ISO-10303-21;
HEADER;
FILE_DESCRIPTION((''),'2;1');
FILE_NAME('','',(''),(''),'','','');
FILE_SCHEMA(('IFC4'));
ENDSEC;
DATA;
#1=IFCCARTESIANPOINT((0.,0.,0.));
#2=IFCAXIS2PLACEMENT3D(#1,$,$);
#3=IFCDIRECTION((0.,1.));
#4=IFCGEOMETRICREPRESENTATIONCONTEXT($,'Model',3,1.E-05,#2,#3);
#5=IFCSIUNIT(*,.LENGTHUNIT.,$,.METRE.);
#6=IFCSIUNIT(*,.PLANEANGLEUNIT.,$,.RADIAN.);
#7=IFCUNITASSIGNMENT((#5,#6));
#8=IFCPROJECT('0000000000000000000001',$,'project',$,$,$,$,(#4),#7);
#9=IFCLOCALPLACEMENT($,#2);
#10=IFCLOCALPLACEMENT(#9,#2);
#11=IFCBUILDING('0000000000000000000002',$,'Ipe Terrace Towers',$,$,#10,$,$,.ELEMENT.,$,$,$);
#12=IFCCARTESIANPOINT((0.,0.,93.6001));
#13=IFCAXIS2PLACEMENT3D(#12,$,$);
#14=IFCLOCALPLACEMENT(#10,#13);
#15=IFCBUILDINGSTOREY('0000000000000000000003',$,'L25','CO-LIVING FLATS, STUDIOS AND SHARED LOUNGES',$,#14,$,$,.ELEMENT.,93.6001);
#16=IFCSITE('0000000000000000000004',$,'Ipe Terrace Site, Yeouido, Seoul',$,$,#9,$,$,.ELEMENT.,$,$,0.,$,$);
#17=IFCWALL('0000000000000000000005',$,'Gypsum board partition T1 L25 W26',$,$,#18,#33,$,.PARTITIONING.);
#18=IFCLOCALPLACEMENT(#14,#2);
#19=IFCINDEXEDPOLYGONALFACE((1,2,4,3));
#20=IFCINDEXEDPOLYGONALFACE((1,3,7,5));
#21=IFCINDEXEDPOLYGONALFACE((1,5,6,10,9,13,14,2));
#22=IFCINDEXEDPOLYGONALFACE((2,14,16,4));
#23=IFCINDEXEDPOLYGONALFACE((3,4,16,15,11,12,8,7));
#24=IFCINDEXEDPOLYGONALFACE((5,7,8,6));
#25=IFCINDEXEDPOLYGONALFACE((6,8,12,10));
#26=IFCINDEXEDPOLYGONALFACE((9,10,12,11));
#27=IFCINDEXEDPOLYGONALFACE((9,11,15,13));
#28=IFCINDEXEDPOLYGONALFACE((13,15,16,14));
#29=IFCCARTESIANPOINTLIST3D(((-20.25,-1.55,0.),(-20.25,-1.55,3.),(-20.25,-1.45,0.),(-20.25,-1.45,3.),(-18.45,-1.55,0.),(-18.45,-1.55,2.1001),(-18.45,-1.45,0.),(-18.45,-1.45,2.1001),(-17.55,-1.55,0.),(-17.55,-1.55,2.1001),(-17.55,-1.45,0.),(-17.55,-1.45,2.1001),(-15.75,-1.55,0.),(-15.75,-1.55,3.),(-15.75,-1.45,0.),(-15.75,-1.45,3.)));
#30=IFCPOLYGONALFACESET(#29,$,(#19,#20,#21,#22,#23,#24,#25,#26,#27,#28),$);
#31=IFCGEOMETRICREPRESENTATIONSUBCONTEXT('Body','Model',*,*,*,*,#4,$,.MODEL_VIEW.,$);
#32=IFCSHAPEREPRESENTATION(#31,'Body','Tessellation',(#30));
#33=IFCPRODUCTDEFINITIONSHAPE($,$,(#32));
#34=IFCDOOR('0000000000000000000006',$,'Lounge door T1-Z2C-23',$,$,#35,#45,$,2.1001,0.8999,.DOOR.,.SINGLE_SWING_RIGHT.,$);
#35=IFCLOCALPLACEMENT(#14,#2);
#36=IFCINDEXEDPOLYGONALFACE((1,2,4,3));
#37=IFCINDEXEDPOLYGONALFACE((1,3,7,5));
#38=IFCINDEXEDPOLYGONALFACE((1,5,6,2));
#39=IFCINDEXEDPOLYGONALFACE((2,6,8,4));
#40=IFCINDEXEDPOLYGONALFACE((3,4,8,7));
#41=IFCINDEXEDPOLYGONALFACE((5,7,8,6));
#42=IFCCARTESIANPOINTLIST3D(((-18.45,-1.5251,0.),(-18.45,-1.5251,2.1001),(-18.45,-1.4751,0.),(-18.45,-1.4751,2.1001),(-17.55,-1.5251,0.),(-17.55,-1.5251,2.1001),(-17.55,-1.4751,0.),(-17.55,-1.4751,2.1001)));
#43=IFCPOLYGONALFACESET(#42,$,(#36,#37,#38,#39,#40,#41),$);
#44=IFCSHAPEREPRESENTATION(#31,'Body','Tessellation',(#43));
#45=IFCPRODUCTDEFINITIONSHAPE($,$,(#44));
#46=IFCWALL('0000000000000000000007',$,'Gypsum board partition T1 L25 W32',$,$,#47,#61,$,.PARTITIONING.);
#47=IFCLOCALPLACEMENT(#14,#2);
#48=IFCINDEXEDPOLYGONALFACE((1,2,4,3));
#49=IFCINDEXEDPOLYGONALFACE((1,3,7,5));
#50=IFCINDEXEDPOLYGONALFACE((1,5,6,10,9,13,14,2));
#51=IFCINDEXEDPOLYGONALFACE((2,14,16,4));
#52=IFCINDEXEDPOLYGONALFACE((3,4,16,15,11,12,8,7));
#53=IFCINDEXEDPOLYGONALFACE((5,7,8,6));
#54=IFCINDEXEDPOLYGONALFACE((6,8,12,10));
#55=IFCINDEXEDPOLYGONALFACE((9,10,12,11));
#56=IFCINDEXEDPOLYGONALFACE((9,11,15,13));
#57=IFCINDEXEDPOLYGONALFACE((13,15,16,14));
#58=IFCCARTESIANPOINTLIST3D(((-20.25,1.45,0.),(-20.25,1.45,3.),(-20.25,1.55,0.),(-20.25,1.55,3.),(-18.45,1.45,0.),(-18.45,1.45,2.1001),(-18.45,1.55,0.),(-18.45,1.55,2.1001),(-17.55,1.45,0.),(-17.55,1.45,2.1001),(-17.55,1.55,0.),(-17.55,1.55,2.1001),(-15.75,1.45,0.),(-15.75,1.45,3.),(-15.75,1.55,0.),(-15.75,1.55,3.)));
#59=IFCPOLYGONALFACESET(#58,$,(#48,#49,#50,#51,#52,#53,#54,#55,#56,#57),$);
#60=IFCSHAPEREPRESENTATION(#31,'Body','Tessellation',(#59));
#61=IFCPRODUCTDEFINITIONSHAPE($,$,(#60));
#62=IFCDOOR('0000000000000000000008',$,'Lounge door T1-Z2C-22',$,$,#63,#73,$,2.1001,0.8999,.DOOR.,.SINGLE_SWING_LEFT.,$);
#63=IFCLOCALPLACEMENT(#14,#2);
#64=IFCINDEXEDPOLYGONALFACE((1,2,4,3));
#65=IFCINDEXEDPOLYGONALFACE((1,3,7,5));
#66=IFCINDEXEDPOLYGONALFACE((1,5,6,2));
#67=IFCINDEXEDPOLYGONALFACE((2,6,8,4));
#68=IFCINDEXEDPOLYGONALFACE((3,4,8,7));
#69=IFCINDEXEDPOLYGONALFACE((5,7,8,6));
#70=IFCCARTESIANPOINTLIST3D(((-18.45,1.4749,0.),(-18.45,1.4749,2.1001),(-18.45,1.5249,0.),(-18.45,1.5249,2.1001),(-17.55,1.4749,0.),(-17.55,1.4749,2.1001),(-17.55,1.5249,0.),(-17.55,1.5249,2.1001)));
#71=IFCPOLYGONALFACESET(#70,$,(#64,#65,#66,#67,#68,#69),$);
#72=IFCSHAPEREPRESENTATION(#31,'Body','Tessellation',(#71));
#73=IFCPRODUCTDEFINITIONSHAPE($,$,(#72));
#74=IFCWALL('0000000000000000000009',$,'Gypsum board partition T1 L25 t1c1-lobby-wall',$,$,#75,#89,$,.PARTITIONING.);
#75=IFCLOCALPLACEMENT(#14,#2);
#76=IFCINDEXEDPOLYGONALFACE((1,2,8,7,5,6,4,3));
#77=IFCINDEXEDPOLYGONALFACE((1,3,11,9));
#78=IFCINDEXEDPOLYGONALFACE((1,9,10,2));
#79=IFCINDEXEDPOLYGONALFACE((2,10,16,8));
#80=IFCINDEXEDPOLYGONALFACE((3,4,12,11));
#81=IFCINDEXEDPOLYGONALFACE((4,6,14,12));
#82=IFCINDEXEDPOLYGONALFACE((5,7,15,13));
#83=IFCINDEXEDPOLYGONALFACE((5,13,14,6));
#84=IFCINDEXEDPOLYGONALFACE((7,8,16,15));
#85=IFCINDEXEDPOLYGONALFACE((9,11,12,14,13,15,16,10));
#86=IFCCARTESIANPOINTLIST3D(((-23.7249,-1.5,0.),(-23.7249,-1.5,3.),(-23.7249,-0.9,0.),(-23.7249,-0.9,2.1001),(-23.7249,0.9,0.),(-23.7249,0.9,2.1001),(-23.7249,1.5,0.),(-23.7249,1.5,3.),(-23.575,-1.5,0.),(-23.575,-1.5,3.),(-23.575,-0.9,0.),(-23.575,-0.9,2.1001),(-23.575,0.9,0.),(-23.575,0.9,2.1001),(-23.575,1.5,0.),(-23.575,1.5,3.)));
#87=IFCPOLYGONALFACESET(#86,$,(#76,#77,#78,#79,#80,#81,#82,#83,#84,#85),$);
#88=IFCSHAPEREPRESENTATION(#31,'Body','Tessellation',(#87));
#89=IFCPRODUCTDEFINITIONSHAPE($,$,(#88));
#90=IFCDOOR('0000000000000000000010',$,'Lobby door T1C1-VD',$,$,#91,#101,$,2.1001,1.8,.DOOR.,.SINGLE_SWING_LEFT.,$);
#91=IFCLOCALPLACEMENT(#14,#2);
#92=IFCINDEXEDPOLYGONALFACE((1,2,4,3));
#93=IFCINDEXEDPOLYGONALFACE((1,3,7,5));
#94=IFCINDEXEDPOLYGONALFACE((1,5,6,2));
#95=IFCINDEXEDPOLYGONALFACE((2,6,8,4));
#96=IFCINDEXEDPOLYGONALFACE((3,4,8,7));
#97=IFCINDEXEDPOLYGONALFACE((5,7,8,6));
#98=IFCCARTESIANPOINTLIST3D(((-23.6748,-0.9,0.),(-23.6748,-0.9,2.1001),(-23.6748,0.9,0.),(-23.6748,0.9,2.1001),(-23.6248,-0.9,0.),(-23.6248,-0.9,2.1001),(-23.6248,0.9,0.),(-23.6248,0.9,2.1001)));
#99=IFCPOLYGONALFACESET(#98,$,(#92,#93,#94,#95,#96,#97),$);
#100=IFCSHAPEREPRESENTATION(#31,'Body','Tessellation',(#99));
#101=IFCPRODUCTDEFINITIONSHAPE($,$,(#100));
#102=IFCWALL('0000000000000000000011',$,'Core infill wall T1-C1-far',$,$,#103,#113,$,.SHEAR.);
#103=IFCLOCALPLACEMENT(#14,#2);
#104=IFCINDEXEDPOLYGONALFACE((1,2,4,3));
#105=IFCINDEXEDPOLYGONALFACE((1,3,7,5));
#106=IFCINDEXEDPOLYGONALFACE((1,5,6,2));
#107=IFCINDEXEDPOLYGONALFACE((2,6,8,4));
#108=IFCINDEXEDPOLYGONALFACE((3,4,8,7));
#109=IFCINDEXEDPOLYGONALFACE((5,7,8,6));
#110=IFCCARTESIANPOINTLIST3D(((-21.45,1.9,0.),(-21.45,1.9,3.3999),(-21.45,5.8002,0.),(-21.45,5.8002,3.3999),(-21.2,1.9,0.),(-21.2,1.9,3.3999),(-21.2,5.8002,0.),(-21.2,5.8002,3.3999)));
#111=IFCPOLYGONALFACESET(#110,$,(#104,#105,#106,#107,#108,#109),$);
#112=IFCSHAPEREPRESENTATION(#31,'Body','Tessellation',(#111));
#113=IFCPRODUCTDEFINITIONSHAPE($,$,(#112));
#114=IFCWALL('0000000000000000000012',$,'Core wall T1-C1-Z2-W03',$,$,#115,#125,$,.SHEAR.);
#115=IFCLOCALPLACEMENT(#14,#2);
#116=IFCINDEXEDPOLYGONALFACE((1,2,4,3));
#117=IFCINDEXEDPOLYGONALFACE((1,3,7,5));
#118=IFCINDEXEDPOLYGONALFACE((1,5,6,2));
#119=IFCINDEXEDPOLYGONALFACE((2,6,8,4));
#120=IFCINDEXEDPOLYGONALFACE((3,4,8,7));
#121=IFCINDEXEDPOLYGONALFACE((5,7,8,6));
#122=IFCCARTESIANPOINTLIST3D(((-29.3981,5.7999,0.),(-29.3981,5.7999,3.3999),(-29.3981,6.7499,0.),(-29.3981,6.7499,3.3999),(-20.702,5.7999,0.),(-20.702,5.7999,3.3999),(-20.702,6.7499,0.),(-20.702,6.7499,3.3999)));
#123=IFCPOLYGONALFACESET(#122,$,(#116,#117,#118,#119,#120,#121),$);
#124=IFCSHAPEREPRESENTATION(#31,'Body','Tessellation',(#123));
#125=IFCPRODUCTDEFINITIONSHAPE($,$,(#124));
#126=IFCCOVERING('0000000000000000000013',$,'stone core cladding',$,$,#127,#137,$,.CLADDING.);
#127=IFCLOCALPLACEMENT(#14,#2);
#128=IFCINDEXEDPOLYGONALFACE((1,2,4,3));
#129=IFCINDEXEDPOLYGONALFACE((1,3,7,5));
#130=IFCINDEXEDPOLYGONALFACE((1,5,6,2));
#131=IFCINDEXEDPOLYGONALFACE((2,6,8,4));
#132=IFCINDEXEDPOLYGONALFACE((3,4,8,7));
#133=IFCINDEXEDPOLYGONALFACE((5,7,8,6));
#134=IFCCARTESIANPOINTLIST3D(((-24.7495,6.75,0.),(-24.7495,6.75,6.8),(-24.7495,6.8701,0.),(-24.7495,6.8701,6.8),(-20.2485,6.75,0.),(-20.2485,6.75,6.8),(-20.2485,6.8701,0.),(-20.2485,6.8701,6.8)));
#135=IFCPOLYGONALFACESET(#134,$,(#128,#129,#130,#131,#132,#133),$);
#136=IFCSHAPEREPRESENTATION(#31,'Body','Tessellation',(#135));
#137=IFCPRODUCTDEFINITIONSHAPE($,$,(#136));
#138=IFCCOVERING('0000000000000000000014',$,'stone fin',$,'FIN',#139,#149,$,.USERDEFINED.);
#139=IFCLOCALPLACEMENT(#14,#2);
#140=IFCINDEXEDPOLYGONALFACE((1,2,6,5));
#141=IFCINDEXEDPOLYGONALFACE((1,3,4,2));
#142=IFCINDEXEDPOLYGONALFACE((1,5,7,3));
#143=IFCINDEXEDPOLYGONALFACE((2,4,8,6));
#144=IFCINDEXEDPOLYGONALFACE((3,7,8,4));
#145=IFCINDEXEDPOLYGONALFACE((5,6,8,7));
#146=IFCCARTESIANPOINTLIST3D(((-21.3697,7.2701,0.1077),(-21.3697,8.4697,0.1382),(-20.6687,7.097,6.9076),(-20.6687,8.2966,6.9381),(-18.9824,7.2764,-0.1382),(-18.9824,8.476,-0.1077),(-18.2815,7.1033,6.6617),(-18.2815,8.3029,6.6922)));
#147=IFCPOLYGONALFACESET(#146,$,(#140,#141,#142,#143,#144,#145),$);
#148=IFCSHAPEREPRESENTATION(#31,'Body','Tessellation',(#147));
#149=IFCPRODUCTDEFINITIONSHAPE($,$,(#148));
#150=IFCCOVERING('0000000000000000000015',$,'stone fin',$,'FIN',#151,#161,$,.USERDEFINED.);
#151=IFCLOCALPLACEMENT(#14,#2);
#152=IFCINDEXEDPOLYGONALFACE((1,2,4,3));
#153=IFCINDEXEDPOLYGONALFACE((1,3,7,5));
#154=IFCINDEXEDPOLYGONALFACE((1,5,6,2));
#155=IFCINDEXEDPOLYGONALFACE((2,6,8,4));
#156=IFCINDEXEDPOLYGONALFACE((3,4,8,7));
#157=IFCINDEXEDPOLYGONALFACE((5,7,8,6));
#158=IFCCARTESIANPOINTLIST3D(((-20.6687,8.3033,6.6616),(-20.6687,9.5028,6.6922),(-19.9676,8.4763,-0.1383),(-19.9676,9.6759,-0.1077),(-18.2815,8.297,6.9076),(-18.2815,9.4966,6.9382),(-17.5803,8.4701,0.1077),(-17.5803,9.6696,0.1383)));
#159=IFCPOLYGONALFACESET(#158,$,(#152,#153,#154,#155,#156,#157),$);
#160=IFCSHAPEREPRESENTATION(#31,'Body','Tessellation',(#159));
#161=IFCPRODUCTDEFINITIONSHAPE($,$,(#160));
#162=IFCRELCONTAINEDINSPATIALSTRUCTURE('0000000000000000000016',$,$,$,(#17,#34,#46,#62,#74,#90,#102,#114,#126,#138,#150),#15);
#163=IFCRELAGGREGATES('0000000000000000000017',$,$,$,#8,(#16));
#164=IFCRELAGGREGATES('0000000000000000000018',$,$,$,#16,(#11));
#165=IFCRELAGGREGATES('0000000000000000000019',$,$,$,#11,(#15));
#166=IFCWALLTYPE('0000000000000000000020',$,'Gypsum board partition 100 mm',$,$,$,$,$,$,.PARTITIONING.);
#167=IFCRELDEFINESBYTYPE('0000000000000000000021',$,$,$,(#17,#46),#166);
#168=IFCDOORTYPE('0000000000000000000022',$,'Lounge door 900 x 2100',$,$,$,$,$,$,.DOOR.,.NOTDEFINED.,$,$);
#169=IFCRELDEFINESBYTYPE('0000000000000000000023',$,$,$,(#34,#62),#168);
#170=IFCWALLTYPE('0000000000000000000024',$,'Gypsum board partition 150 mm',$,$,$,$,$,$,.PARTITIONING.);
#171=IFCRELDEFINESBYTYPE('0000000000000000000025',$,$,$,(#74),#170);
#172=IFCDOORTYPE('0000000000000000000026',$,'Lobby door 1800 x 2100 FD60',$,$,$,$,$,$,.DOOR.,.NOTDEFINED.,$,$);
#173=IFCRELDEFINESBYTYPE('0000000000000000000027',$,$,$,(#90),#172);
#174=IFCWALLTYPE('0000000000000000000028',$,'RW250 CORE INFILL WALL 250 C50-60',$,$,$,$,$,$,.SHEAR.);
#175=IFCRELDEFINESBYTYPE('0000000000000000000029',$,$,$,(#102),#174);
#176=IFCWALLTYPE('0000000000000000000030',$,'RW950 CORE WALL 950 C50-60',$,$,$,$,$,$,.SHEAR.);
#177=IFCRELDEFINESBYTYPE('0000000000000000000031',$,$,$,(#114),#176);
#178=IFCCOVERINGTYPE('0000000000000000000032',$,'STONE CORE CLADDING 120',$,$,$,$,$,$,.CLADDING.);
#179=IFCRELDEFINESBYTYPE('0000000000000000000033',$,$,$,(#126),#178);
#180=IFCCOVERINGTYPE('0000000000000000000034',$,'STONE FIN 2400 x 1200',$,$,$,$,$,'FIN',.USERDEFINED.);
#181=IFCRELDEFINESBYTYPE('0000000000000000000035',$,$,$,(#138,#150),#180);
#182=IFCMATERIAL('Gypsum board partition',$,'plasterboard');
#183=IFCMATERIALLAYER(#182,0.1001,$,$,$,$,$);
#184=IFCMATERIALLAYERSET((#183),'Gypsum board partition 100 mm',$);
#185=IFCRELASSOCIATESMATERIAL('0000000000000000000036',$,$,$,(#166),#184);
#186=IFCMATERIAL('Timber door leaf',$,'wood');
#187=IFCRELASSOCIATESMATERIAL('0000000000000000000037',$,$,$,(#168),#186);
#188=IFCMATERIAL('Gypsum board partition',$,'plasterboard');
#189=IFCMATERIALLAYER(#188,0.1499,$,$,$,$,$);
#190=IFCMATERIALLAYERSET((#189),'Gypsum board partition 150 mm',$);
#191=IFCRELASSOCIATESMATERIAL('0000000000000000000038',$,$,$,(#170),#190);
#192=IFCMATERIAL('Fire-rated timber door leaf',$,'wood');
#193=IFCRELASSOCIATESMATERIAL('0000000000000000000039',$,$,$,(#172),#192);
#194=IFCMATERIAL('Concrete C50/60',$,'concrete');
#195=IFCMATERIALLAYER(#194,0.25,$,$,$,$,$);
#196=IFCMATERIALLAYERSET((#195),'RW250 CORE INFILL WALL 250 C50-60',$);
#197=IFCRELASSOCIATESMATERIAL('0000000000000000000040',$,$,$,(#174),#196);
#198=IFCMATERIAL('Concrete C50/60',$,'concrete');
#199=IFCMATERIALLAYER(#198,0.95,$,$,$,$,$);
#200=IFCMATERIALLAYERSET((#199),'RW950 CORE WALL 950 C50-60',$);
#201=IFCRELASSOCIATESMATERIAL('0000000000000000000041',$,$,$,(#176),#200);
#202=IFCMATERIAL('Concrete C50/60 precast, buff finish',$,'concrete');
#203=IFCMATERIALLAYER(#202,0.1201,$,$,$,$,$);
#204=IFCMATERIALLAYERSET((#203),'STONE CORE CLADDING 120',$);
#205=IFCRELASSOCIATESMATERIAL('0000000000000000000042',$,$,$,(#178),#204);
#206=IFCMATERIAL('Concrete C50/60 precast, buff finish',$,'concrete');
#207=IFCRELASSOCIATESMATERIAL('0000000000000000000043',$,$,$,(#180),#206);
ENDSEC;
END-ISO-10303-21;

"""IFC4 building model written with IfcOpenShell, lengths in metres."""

from ifc_helpers import new_model, si_unit, direction, frame, frame_2d, origin, origin_2d, place, context, subcontext, project, spatial, rectangle, extrude, material, layer, layer_set, material_profile, profile_set, type_object, element, fill, save


model = new_model("IFC4")

# Units and contexts
model_context = context("Model", 3, precision=1e-05, world=origin(), true_north=direction((0.0, 1.0)))
body_context = subcontext(model_context, "Body", "Model", "MODEL_VIEW")
ifc_project = project(units=[si_unit("LENGTHUNIT", "METRE"), si_unit("PLANEANGLEUNIT", "RADIAN")], contexts=[model_context])

# Site, building, storey
site_placement = place(None, origin())
site = spatial("IfcSite", under=ifc_project, at=site_placement, Name="Ipe Terrace Site, Yeouido, Seoul", CompositionType="ELEMENT", RefElevation=0.0)
building_placement = place(site_placement, origin())
building = spatial("IfcBuilding", under=site, at=building_placement, Name="Ipe Terrace Towers", CompositionType="ELEMENT")
storey_placement = place(building_placement, frame((0.0, 0.0, 93.6001)))
storey = spatial("IfcBuildingStorey", under=building, at=storey_placement, Name="L25", Description="CO-LIVING FLATS, STUDIOS AND SHARED LOUNGES", CompositionType="ELEMENT", Elevation=93.6001)

# Walls, openings, doors
ifc_material_1 = material(Name="Gypsum board partition", Category="plasterboard")
ifc_layer_1 = layer(ifc_material_1, 0.1001)
ifc_layer_set_1 = layer_set([ifc_layer_1], Name="Gypsum board partition 100 mm")
wall_type_1 = type_object("IfcWallType", Name="Gypsum board partition 100 mm", PredefinedType="PARTITIONING", material=ifc_layer_set_1)
wall_1_placement = place(storey_placement, frame((-20.25, -1.5, 0.0), z_axis=(0.0, 0.0, 1.0), x_axis=(1.0, 0.0, 0.0)))
wall_1 = element("IfcWall", 1, at=wall_1_placement, inside=storey, type_object=wall_type_1, Name="Gypsum board partition T1 L25 W26", PredefinedType="PARTITIONING", context=body_context, shape_type="SweptSolid", body=[
    extrude(rectangle(XDim=4.5, YDim=0.1001, at=frame_2d((2.25, 0.0))), origin(), (0.0, 0.0, 1.0), 3.0),
])
opening_1_placement = place(wall_1_placement, frame((1.8, 0.0, 0.0)))
opening_1 = element("IfcOpeningElement", 2, at=opening_1_placement, cuts=wall_1, PredefinedType="OPENING", context=body_context, shape_type="SweptSolid", body=[
    extrude(rectangle(XDim=0.8999, YDim=2.1001, at=frame_2d((0.45, 1.05))), frame((0.0, 0.0601, 0.0), z_axis=(0.0, -1.0, 0.0), x_axis=(1.0, 0.0, 0.0)), (0.0, 0.0, 1.0), 0.1201),
])
ifc_material_2 = material(Name="Timber door leaf", Category="wood")
door_type_1 = type_object("IfcDoorType", Name="Lounge door 900 x 2100", OperationType="NOTDEFINED", PredefinedType="DOOR", material=ifc_material_2)
door_1_placement = place(opening_1_placement, origin())
door_1 = element("IfcDoor", 3, at=door_1_placement, inside=storey, type_object=door_type_1, Name="Lounge door T1-Z2C-23", OperationType="SINGLE_SWING_RIGHT", OverallHeight=2.1001, OverallWidth=0.8999, PredefinedType="DOOR", context=body_context, shape_type="SweptSolid", body=[
    extrude(rectangle(XDim=0.8999, YDim=2.1001, at=frame_2d((0.45, 1.05))), frame((0.0, 0.0249, 0.0), z_axis=(0.0, -1.0, 0.0), x_axis=(1.0, 0.0, 0.0)), (0.0, 0.0, 1.0), 0.05),
])
fill(opening_1, door_1)
wall_2_placement = place(storey_placement, frame((-20.25, 1.5, 0.0), z_axis=(0.0, 0.0, 1.0), x_axis=(1.0, 0.0, 0.0)))
wall_2 = element("IfcWall", 4, at=wall_2_placement, inside=storey, type_object=wall_type_1, Name="Gypsum board partition T1 L25 W32", PredefinedType="PARTITIONING", context=body_context, shape_type="SweptSolid", body=[
    extrude(rectangle(XDim=4.5, YDim=0.1001, at=frame_2d((2.25, 0.0))), origin(), (0.0, 0.0, 1.0), 3.0),
])
opening_2_placement = place(wall_2_placement, frame((1.8, 0.0, 0.0)))
opening_2 = element("IfcOpeningElement", 5, at=opening_2_placement, cuts=wall_2, PredefinedType="OPENING", context=body_context, shape_type="SweptSolid", body=[
    extrude(rectangle(XDim=0.8999, YDim=2.1001, at=frame_2d((0.45, 1.05))), frame((0.0, 0.0601, 0.0), z_axis=(0.0, -1.0, 0.0), x_axis=(1.0, 0.0, 0.0)), (0.0, 0.0, 1.0), 0.1201),
])
door_2_placement = place(opening_2_placement, origin())
door_2 = element("IfcDoor", 6, at=door_2_placement, inside=storey, type_object=door_type_1, Name="Lounge door T1-Z2C-22", OperationType="SINGLE_SWING_LEFT", OverallHeight=2.1001, OverallWidth=0.8999, PredefinedType="DOOR", context=body_context, shape_type="SweptSolid", body=[
    extrude(rectangle(XDim=0.8999, YDim=2.1001, at=frame_2d((0.45, 1.05))), frame((0.0, 0.0249, 0.0), z_axis=(0.0, -1.0, 0.0), x_axis=(1.0, 0.0, 0.0)), (0.0, 0.0, 1.0), 0.05),
])
fill(opening_2, door_2)
ifc_material_3 = material(Name="Gypsum board partition", Category="plasterboard")
ifc_layer_2 = layer(ifc_material_3, 0.1499)
ifc_layer_set_2 = layer_set([ifc_layer_2], Name="Gypsum board partition 150 mm")
wall_type_2 = type_object("IfcWallType", Name="Gypsum board partition 150 mm", PredefinedType="PARTITIONING", material=ifc_layer_set_2)
wall_3_placement = place(storey_placement, frame((-23.6499, -1.5, 0.0), z_axis=(0.0, 0.0, 1.0), x_axis=(0.0, 1.0, 0.0)))
wall_3 = element("IfcWall", 7, at=wall_3_placement, inside=storey, type_object=wall_type_2, Name="Gypsum board partition T1 L25 t1c1-lobby-wall", PredefinedType="PARTITIONING", context=body_context, shape_type="SweptSolid", body=[
    extrude(rectangle(XDim=3.0, YDim=0.1499, at=frame_2d((1.5, 0.0))), origin(), (0.0, 0.0, 1.0), 3.0),
])
opening_3_placement = place(wall_3_placement, frame((0.6001, 0.0, 0.0)))
opening_3 = element("IfcOpeningElement", 8, at=opening_3_placement, cuts=wall_3, PredefinedType="OPENING", context=body_context, shape_type="SweptSolid", body=[
    extrude(rectangle(XDim=1.8, YDim=2.1001, at=frame_2d((0.8999, 1.05))), frame((0.0, 0.085, 0.0), z_axis=(0.0, -1.0, 0.0), x_axis=(1.0, 0.0, 0.0)), (0.0, 0.0, 1.0), 0.1699),
])
ifc_material_4 = material(Name="Fire-rated timber door leaf", Category="wood")
door_type_2 = type_object("IfcDoorType", Name="Lobby door 1800 x 2100 FD60", OperationType="NOTDEFINED", PredefinedType="DOOR", material=ifc_material_4)
door_3_placement = place(opening_3_placement, origin())
door_3 = element("IfcDoor", 9, at=door_3_placement, inside=storey, type_object=door_type_2, Name="Lobby door T1C1-VD", OperationType="SINGLE_SWING_LEFT", OverallHeight=2.1001, OverallWidth=1.8, PredefinedType="DOOR", context=body_context, shape_type="SweptSolid", body=[
    extrude(rectangle(XDim=1.8, YDim=2.1001, at=frame_2d((0.8999, 1.05))), frame((0.0, 0.0249, 0.0), z_axis=(0.0, -1.0, 0.0), x_axis=(1.0, 0.0, 0.0)), (0.0, 0.0, 1.0), 0.05),
])
fill(opening_3, door_3)

# Walls
ifc_material_5 = material(Name="Concrete C50/60", Category="concrete")
ifc_layer_3 = layer(ifc_material_5, 0.25)
ifc_layer_set_3 = layer_set([ifc_layer_3], Name="RW250 CORE INFILL WALL 250 C50-60")
wall_type_3 = type_object("IfcWallType", Name="RW250 CORE INFILL WALL 250 C50-60", PredefinedType="SHEAR", material=ifc_layer_set_3)
wall_4_placement = place(storey_placement, frame((-21.325, 1.8999, 0.0), z_axis=(0.0, 0.0, 1.0), x_axis=(0.0, 1.0, 0.0)))
element("IfcWall", 10, at=wall_4_placement, inside=storey, type_object=wall_type_3, Name="Core infill wall T1-C1-far", PredefinedType="SHEAR", context=body_context, shape_type="SweptSolid", body=[
    extrude(rectangle(XDim=3.9001, YDim=0.25, at=frame_2d((1.9502, 0.0))), origin(), (0.0, 0.0, 1.0), 3.3999),
])
ifc_material_6 = material(Name="Concrete C50/60", Category="concrete")
ifc_layer_4 = layer(ifc_material_6, 0.95)
ifc_layer_set_4 = layer_set([ifc_layer_4], Name="RW950 CORE WALL 950 C50-60")
wall_type_4 = type_object("IfcWallType", Name="RW950 CORE WALL 950 C50-60", PredefinedType="SHEAR", material=ifc_layer_set_4)
wall_5_placement = place(storey_placement, frame((-20.7019, 6.2749, 0.0), z_axis=(0.0, 0.0, 1.0), x_axis=(-1.0, 0.0, 0.0)))
element("IfcWall", 11, at=wall_5_placement, inside=storey, type_object=wall_type_4, Name="Core wall T1-C1-Z2-W03", PredefinedType="SHEAR", context=body_context, shape_type="SweptSolid", body=[
    extrude(rectangle(XDim=8.696, YDim=0.95, at=frame_2d((4.3481, 0.0))), origin(), (0.0, 0.0, 1.0), 3.3999),
])

# Coverings
ifc_material_7 = material(Name="Concrete C50/60 precast, buff finish", Category="concrete")
ifc_layer_5 = layer(ifc_material_7, 0.1201)
ifc_layer_set_5 = layer_set([ifc_layer_5], Name="STONE CORE CLADDING 120")
covering_type_1 = type_object("IfcCoveringType", Name="STONE CORE CLADDING 120", PredefinedType="CLADDING", material=ifc_layer_set_5)
covering_1_placement = place(storey_placement, frame((-22.499, 6.8101, 0.0), z_axis=(0.0, 0.0, 1.0), x_axis=(-1.0, 0.0, 0.0)))
element("IfcCovering", 12, at=covering_1_placement, inside=storey, type_object=covering_type_1, Name="stone core cladding", PredefinedType="CLADDING", context=body_context, shape_type="SweptSolid", body=[
    extrude(rectangle(XDim=4.501, YDim=0.1201, at=origin_2d()), origin(), (0.0, 0.0, 1.0), 6.8),
])
ifc_material_8 = material(Name="Concrete C50/60 precast, buff finish", Category="concrete")
ifc_material_profile_1 = material_profile(ifc_material_8, rectangle(XDim=2.3999, YDim=1.2, at=origin_2d()), Name="STONE FIN 2400 x 1200")
ifc_profile_set_1 = profile_set([ifc_material_profile_1], Name="Concrete C50/60 precast, buff finish")
covering_type_2 = type_object("IfcCoveringType", Name="STONE FIN 2400 x 1200", ElementType="FIN", PredefinedType="USERDEFINED", material=ifc_profile_set_1)
for number, where, z_axis, x_axis, name in (
    (13, (-20.176, 7.873, 0.0), (0.102504, -0.025314, 0.99441), (-0.994733, -0.002609, 0.102471), "stone fin"),
    (14, (-18.7739, 9.073, 0.0), (-0.10254, -0.025314, 0.994407), (-0.994729, 0.002609, -0.102507), "stone fin"),
):
    element("IfcCovering", number, at=place(storey_placement, frame(where, z_axis=z_axis, x_axis=x_axis)), inside=storey, type_object=covering_type_2, Name=name, ObjectType="FIN", PredefinedType="USERDEFINED", context=body_context, shape_type="SweptSolid", body=[
        extrude(rectangle(XDim=2.3999, YDim=1.2, at=origin_2d()), origin(), (0.0, 0.0, 1.0), 6.8381),
    ])

save(model, "model.ifc")
